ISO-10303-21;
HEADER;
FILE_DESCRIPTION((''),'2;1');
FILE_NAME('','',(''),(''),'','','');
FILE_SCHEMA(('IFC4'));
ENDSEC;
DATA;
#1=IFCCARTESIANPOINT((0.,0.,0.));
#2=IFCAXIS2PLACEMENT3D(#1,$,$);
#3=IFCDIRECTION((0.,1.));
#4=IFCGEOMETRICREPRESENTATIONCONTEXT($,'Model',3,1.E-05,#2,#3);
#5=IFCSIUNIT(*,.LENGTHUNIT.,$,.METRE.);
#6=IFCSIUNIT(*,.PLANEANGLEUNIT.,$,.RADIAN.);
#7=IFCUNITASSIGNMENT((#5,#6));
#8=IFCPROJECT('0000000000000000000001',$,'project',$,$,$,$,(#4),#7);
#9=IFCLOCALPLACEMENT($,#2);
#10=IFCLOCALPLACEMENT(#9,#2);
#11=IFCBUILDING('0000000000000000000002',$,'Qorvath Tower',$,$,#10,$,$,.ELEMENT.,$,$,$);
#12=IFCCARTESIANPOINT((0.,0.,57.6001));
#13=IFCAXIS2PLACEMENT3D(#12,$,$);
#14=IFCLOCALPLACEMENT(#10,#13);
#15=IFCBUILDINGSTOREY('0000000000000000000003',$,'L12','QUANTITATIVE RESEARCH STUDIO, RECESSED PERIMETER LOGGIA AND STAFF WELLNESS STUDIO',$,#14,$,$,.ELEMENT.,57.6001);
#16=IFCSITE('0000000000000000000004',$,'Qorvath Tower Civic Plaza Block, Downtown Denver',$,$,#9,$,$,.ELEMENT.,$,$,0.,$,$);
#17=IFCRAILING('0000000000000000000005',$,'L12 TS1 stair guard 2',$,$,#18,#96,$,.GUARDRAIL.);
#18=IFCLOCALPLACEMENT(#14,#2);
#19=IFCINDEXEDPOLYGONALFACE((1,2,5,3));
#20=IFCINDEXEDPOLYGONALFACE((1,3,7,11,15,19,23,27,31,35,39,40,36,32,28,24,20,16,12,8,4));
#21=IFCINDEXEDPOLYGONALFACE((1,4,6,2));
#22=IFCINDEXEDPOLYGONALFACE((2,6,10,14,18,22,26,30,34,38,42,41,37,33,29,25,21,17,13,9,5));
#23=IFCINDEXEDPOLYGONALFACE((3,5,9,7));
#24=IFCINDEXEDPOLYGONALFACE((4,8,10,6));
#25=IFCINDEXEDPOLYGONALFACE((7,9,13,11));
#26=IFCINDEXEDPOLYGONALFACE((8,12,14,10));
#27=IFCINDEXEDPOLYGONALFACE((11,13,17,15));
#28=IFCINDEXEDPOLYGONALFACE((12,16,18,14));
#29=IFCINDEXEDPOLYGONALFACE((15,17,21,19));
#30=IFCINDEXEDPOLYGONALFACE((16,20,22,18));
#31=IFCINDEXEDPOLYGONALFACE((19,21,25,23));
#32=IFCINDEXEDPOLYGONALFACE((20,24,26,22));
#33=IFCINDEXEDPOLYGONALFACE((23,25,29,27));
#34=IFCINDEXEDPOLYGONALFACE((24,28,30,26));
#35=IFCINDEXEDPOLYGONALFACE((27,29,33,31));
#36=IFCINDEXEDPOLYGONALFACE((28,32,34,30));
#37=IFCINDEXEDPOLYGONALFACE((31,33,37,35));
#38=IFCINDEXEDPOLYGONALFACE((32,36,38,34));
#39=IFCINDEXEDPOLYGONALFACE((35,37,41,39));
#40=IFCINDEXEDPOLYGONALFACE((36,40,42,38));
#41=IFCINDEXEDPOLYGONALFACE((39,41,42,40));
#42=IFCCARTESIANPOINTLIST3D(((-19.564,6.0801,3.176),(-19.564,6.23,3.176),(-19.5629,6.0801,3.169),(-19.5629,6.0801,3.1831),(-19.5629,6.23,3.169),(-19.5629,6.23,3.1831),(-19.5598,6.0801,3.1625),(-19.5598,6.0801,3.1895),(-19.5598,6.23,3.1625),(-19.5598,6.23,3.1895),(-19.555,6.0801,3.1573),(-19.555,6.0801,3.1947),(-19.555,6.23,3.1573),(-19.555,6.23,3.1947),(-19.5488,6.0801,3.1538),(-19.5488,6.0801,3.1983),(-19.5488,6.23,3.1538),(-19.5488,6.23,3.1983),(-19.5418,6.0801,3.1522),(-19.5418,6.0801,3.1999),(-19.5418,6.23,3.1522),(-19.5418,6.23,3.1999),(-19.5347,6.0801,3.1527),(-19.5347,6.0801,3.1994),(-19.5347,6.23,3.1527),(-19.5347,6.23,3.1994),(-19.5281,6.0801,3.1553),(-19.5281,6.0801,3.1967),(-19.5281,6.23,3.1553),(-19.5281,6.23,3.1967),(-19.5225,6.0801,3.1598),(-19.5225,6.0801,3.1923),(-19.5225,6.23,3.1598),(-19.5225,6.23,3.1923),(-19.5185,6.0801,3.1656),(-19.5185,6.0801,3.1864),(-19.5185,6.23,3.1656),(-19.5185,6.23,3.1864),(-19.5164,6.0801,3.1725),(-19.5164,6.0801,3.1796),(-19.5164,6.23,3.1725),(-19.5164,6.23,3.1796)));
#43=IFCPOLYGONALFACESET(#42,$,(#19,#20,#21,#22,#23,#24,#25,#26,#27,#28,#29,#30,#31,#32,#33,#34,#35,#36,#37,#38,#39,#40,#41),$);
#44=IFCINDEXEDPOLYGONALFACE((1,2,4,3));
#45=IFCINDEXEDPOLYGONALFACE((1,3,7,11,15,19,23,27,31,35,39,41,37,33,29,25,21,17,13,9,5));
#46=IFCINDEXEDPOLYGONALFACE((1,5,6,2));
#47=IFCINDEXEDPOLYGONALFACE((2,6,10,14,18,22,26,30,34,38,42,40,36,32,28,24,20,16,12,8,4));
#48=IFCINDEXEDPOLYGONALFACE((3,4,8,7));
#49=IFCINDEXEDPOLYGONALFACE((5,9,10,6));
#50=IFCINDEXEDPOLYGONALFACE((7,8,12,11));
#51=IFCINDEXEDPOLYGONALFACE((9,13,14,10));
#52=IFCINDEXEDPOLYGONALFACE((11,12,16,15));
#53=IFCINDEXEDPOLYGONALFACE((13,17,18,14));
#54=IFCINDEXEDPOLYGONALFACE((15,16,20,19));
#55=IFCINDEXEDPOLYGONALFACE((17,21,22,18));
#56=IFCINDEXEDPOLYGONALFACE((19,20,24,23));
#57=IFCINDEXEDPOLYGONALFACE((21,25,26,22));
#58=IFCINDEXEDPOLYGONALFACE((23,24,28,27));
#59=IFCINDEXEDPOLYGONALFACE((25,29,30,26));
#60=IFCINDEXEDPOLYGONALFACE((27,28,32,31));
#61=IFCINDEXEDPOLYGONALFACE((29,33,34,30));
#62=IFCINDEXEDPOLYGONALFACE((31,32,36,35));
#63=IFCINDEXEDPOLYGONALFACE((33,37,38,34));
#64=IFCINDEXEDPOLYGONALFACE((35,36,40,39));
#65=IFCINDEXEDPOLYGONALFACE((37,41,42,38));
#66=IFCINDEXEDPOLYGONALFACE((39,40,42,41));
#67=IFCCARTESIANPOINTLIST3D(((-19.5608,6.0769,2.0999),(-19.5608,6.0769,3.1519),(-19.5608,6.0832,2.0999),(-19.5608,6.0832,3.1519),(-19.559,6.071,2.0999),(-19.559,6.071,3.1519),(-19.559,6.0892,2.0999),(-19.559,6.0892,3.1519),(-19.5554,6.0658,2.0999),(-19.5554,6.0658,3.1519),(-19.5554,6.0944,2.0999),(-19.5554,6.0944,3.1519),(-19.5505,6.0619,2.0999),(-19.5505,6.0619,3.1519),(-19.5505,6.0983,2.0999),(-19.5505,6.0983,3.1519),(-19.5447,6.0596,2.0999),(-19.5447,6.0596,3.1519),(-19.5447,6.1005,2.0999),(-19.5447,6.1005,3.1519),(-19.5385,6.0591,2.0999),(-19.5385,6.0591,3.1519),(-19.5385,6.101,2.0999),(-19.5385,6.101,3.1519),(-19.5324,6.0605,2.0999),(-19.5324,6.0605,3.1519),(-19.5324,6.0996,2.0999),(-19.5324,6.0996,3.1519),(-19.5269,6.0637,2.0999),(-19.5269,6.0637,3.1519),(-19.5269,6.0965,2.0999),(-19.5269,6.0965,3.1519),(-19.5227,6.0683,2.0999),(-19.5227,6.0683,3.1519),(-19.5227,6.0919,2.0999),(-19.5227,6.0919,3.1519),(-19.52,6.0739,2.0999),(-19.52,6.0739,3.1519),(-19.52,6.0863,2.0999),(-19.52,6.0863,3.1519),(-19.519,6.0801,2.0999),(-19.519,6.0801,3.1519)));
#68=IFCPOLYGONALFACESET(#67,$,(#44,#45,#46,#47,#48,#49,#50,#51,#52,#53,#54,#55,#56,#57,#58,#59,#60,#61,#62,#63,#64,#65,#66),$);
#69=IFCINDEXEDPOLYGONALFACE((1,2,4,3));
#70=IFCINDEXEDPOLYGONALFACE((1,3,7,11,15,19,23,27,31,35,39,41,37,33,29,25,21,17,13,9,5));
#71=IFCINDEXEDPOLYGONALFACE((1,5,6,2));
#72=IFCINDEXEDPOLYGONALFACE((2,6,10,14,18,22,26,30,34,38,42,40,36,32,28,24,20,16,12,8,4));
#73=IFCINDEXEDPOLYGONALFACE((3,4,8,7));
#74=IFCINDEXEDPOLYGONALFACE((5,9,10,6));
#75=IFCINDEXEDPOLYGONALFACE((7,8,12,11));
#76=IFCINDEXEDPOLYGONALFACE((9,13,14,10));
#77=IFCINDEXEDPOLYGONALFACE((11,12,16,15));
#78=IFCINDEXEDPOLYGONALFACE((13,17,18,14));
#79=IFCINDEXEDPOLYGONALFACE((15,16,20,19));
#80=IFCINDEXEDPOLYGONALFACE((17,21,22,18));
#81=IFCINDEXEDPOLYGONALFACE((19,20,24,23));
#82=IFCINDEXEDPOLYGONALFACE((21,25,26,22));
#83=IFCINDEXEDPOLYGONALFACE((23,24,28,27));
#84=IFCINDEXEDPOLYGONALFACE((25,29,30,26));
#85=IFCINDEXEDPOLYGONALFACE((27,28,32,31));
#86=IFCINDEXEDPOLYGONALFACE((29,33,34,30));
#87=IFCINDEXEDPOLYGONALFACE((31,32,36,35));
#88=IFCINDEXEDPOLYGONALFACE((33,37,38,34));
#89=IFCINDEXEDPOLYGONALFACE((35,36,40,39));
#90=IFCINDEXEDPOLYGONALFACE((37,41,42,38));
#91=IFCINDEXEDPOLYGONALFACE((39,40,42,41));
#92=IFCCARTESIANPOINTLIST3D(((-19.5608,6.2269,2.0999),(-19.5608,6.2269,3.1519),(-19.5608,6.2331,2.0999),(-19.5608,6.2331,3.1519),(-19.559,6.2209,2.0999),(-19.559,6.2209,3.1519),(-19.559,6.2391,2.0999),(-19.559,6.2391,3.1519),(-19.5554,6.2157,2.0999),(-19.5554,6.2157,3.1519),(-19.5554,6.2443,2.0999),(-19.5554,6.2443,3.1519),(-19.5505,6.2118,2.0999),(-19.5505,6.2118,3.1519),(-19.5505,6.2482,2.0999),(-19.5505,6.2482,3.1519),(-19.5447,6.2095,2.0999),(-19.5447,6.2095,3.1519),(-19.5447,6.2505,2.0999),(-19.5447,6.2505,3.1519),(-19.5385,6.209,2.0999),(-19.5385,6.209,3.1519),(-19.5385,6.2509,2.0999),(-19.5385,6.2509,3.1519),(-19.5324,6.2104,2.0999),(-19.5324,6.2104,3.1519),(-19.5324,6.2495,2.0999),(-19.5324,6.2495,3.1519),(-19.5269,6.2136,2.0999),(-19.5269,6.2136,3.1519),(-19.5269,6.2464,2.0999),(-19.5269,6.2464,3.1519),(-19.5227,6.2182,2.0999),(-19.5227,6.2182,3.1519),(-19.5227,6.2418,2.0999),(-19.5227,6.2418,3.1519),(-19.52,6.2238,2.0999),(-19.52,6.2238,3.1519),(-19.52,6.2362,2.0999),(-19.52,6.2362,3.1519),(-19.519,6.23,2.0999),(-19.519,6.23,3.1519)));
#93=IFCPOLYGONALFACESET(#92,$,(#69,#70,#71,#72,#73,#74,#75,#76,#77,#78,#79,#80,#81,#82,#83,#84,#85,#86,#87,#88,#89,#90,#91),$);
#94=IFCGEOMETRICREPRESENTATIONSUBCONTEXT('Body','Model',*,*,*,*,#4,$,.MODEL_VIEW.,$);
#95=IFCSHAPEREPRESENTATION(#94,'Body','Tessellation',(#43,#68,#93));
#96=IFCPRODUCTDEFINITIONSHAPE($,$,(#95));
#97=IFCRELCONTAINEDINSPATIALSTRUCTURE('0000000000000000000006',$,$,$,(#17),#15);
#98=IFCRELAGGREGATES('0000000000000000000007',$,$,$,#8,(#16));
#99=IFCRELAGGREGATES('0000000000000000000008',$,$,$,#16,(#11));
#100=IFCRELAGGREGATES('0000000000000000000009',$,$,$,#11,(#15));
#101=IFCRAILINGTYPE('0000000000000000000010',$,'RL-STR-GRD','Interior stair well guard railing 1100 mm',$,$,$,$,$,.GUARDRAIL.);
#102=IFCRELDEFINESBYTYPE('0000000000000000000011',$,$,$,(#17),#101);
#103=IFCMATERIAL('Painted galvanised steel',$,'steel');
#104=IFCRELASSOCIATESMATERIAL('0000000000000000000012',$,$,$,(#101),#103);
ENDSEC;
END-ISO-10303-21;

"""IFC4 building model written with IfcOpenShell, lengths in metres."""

from ifc_helpers import new_model, si_unit, direction, frame, origin, origin_2d, place, context, subcontext, project, spatial, circle, extrude, material, type_object, element, save


model = new_model("IFC4")

# Units and contexts
model_context = context("Model", 3, precision=1e-05, world=origin(), true_north=direction((0.0, 1.0)))
body_context = subcontext(model_context, "Body", "Model", "MODEL_VIEW")
ifc_project = project(units=[si_unit("LENGTHUNIT", "METRE"), si_unit("PLANEANGLEUNIT", "RADIAN")], contexts=[model_context])

# Site, building, storey
site_placement = place(None, origin())
site = spatial("IfcSite", under=ifc_project, at=site_placement, Name="Qorvath Tower Civic Plaza Block, Downtown Denver", CompositionType="ELEMENT", RefElevation=0.0)
building_placement = place(site_placement, origin())
building = spatial("IfcBuilding", under=site, at=building_placement, Name="Qorvath Tower", CompositionType="ELEMENT")
storey_placement = place(building_placement, frame((0.0, 0.0, 57.6001)))
storey = spatial("IfcBuildingStorey", under=building, at=storey_placement, Name="L12", Description="QUANTITATIVE RESEARCH STUDIO, RECESSED PERIMETER LOGGIA AND STAFF WELLNESS STUDIO", CompositionType="ELEMENT", Elevation=57.6001)

# Railing
ifc_material_1 = material(Name="Painted galvanised steel", Category="steel")
railing_type_1 = type_object("IfcRailingType", Name="RL-STR-GRD", Description="Interior stair well guard railing 1100 mm", PredefinedType="GUARDRAIL", material=ifc_material_1)
railing_1_placement = place(storey_placement, frame((-19.54, 6.0801, 2.0999)))
element("IfcRailing", 1, at=railing_1_placement, inside=storey, type_object=railing_type_1, Name="L12 TS1 stair guard 2", PredefinedType="GUARDRAIL", context=body_context, shape_type="SweptSolid", body=[
    extrude(circle(Radius=0.0239, at=origin_2d()), frame((0.0, 0.0, 1.0762), z_axis=(0.0, 1.0, 0.0), x_axis=(-1.0, 0.0, 0.0)), (0.0, 0.0, 1.0), 0.1499),
    extrude(circle(Radius=0.021, at=origin_2d()), origin(), (0.0, 0.0, 1.0), 1.052),
    extrude(circle(Radius=0.021, at=origin_2d()), frame((0.0, 0.1499, 0.0)), (0.0, 0.0, 1.0), 1.052),
])

save(model, "model.ifc")
